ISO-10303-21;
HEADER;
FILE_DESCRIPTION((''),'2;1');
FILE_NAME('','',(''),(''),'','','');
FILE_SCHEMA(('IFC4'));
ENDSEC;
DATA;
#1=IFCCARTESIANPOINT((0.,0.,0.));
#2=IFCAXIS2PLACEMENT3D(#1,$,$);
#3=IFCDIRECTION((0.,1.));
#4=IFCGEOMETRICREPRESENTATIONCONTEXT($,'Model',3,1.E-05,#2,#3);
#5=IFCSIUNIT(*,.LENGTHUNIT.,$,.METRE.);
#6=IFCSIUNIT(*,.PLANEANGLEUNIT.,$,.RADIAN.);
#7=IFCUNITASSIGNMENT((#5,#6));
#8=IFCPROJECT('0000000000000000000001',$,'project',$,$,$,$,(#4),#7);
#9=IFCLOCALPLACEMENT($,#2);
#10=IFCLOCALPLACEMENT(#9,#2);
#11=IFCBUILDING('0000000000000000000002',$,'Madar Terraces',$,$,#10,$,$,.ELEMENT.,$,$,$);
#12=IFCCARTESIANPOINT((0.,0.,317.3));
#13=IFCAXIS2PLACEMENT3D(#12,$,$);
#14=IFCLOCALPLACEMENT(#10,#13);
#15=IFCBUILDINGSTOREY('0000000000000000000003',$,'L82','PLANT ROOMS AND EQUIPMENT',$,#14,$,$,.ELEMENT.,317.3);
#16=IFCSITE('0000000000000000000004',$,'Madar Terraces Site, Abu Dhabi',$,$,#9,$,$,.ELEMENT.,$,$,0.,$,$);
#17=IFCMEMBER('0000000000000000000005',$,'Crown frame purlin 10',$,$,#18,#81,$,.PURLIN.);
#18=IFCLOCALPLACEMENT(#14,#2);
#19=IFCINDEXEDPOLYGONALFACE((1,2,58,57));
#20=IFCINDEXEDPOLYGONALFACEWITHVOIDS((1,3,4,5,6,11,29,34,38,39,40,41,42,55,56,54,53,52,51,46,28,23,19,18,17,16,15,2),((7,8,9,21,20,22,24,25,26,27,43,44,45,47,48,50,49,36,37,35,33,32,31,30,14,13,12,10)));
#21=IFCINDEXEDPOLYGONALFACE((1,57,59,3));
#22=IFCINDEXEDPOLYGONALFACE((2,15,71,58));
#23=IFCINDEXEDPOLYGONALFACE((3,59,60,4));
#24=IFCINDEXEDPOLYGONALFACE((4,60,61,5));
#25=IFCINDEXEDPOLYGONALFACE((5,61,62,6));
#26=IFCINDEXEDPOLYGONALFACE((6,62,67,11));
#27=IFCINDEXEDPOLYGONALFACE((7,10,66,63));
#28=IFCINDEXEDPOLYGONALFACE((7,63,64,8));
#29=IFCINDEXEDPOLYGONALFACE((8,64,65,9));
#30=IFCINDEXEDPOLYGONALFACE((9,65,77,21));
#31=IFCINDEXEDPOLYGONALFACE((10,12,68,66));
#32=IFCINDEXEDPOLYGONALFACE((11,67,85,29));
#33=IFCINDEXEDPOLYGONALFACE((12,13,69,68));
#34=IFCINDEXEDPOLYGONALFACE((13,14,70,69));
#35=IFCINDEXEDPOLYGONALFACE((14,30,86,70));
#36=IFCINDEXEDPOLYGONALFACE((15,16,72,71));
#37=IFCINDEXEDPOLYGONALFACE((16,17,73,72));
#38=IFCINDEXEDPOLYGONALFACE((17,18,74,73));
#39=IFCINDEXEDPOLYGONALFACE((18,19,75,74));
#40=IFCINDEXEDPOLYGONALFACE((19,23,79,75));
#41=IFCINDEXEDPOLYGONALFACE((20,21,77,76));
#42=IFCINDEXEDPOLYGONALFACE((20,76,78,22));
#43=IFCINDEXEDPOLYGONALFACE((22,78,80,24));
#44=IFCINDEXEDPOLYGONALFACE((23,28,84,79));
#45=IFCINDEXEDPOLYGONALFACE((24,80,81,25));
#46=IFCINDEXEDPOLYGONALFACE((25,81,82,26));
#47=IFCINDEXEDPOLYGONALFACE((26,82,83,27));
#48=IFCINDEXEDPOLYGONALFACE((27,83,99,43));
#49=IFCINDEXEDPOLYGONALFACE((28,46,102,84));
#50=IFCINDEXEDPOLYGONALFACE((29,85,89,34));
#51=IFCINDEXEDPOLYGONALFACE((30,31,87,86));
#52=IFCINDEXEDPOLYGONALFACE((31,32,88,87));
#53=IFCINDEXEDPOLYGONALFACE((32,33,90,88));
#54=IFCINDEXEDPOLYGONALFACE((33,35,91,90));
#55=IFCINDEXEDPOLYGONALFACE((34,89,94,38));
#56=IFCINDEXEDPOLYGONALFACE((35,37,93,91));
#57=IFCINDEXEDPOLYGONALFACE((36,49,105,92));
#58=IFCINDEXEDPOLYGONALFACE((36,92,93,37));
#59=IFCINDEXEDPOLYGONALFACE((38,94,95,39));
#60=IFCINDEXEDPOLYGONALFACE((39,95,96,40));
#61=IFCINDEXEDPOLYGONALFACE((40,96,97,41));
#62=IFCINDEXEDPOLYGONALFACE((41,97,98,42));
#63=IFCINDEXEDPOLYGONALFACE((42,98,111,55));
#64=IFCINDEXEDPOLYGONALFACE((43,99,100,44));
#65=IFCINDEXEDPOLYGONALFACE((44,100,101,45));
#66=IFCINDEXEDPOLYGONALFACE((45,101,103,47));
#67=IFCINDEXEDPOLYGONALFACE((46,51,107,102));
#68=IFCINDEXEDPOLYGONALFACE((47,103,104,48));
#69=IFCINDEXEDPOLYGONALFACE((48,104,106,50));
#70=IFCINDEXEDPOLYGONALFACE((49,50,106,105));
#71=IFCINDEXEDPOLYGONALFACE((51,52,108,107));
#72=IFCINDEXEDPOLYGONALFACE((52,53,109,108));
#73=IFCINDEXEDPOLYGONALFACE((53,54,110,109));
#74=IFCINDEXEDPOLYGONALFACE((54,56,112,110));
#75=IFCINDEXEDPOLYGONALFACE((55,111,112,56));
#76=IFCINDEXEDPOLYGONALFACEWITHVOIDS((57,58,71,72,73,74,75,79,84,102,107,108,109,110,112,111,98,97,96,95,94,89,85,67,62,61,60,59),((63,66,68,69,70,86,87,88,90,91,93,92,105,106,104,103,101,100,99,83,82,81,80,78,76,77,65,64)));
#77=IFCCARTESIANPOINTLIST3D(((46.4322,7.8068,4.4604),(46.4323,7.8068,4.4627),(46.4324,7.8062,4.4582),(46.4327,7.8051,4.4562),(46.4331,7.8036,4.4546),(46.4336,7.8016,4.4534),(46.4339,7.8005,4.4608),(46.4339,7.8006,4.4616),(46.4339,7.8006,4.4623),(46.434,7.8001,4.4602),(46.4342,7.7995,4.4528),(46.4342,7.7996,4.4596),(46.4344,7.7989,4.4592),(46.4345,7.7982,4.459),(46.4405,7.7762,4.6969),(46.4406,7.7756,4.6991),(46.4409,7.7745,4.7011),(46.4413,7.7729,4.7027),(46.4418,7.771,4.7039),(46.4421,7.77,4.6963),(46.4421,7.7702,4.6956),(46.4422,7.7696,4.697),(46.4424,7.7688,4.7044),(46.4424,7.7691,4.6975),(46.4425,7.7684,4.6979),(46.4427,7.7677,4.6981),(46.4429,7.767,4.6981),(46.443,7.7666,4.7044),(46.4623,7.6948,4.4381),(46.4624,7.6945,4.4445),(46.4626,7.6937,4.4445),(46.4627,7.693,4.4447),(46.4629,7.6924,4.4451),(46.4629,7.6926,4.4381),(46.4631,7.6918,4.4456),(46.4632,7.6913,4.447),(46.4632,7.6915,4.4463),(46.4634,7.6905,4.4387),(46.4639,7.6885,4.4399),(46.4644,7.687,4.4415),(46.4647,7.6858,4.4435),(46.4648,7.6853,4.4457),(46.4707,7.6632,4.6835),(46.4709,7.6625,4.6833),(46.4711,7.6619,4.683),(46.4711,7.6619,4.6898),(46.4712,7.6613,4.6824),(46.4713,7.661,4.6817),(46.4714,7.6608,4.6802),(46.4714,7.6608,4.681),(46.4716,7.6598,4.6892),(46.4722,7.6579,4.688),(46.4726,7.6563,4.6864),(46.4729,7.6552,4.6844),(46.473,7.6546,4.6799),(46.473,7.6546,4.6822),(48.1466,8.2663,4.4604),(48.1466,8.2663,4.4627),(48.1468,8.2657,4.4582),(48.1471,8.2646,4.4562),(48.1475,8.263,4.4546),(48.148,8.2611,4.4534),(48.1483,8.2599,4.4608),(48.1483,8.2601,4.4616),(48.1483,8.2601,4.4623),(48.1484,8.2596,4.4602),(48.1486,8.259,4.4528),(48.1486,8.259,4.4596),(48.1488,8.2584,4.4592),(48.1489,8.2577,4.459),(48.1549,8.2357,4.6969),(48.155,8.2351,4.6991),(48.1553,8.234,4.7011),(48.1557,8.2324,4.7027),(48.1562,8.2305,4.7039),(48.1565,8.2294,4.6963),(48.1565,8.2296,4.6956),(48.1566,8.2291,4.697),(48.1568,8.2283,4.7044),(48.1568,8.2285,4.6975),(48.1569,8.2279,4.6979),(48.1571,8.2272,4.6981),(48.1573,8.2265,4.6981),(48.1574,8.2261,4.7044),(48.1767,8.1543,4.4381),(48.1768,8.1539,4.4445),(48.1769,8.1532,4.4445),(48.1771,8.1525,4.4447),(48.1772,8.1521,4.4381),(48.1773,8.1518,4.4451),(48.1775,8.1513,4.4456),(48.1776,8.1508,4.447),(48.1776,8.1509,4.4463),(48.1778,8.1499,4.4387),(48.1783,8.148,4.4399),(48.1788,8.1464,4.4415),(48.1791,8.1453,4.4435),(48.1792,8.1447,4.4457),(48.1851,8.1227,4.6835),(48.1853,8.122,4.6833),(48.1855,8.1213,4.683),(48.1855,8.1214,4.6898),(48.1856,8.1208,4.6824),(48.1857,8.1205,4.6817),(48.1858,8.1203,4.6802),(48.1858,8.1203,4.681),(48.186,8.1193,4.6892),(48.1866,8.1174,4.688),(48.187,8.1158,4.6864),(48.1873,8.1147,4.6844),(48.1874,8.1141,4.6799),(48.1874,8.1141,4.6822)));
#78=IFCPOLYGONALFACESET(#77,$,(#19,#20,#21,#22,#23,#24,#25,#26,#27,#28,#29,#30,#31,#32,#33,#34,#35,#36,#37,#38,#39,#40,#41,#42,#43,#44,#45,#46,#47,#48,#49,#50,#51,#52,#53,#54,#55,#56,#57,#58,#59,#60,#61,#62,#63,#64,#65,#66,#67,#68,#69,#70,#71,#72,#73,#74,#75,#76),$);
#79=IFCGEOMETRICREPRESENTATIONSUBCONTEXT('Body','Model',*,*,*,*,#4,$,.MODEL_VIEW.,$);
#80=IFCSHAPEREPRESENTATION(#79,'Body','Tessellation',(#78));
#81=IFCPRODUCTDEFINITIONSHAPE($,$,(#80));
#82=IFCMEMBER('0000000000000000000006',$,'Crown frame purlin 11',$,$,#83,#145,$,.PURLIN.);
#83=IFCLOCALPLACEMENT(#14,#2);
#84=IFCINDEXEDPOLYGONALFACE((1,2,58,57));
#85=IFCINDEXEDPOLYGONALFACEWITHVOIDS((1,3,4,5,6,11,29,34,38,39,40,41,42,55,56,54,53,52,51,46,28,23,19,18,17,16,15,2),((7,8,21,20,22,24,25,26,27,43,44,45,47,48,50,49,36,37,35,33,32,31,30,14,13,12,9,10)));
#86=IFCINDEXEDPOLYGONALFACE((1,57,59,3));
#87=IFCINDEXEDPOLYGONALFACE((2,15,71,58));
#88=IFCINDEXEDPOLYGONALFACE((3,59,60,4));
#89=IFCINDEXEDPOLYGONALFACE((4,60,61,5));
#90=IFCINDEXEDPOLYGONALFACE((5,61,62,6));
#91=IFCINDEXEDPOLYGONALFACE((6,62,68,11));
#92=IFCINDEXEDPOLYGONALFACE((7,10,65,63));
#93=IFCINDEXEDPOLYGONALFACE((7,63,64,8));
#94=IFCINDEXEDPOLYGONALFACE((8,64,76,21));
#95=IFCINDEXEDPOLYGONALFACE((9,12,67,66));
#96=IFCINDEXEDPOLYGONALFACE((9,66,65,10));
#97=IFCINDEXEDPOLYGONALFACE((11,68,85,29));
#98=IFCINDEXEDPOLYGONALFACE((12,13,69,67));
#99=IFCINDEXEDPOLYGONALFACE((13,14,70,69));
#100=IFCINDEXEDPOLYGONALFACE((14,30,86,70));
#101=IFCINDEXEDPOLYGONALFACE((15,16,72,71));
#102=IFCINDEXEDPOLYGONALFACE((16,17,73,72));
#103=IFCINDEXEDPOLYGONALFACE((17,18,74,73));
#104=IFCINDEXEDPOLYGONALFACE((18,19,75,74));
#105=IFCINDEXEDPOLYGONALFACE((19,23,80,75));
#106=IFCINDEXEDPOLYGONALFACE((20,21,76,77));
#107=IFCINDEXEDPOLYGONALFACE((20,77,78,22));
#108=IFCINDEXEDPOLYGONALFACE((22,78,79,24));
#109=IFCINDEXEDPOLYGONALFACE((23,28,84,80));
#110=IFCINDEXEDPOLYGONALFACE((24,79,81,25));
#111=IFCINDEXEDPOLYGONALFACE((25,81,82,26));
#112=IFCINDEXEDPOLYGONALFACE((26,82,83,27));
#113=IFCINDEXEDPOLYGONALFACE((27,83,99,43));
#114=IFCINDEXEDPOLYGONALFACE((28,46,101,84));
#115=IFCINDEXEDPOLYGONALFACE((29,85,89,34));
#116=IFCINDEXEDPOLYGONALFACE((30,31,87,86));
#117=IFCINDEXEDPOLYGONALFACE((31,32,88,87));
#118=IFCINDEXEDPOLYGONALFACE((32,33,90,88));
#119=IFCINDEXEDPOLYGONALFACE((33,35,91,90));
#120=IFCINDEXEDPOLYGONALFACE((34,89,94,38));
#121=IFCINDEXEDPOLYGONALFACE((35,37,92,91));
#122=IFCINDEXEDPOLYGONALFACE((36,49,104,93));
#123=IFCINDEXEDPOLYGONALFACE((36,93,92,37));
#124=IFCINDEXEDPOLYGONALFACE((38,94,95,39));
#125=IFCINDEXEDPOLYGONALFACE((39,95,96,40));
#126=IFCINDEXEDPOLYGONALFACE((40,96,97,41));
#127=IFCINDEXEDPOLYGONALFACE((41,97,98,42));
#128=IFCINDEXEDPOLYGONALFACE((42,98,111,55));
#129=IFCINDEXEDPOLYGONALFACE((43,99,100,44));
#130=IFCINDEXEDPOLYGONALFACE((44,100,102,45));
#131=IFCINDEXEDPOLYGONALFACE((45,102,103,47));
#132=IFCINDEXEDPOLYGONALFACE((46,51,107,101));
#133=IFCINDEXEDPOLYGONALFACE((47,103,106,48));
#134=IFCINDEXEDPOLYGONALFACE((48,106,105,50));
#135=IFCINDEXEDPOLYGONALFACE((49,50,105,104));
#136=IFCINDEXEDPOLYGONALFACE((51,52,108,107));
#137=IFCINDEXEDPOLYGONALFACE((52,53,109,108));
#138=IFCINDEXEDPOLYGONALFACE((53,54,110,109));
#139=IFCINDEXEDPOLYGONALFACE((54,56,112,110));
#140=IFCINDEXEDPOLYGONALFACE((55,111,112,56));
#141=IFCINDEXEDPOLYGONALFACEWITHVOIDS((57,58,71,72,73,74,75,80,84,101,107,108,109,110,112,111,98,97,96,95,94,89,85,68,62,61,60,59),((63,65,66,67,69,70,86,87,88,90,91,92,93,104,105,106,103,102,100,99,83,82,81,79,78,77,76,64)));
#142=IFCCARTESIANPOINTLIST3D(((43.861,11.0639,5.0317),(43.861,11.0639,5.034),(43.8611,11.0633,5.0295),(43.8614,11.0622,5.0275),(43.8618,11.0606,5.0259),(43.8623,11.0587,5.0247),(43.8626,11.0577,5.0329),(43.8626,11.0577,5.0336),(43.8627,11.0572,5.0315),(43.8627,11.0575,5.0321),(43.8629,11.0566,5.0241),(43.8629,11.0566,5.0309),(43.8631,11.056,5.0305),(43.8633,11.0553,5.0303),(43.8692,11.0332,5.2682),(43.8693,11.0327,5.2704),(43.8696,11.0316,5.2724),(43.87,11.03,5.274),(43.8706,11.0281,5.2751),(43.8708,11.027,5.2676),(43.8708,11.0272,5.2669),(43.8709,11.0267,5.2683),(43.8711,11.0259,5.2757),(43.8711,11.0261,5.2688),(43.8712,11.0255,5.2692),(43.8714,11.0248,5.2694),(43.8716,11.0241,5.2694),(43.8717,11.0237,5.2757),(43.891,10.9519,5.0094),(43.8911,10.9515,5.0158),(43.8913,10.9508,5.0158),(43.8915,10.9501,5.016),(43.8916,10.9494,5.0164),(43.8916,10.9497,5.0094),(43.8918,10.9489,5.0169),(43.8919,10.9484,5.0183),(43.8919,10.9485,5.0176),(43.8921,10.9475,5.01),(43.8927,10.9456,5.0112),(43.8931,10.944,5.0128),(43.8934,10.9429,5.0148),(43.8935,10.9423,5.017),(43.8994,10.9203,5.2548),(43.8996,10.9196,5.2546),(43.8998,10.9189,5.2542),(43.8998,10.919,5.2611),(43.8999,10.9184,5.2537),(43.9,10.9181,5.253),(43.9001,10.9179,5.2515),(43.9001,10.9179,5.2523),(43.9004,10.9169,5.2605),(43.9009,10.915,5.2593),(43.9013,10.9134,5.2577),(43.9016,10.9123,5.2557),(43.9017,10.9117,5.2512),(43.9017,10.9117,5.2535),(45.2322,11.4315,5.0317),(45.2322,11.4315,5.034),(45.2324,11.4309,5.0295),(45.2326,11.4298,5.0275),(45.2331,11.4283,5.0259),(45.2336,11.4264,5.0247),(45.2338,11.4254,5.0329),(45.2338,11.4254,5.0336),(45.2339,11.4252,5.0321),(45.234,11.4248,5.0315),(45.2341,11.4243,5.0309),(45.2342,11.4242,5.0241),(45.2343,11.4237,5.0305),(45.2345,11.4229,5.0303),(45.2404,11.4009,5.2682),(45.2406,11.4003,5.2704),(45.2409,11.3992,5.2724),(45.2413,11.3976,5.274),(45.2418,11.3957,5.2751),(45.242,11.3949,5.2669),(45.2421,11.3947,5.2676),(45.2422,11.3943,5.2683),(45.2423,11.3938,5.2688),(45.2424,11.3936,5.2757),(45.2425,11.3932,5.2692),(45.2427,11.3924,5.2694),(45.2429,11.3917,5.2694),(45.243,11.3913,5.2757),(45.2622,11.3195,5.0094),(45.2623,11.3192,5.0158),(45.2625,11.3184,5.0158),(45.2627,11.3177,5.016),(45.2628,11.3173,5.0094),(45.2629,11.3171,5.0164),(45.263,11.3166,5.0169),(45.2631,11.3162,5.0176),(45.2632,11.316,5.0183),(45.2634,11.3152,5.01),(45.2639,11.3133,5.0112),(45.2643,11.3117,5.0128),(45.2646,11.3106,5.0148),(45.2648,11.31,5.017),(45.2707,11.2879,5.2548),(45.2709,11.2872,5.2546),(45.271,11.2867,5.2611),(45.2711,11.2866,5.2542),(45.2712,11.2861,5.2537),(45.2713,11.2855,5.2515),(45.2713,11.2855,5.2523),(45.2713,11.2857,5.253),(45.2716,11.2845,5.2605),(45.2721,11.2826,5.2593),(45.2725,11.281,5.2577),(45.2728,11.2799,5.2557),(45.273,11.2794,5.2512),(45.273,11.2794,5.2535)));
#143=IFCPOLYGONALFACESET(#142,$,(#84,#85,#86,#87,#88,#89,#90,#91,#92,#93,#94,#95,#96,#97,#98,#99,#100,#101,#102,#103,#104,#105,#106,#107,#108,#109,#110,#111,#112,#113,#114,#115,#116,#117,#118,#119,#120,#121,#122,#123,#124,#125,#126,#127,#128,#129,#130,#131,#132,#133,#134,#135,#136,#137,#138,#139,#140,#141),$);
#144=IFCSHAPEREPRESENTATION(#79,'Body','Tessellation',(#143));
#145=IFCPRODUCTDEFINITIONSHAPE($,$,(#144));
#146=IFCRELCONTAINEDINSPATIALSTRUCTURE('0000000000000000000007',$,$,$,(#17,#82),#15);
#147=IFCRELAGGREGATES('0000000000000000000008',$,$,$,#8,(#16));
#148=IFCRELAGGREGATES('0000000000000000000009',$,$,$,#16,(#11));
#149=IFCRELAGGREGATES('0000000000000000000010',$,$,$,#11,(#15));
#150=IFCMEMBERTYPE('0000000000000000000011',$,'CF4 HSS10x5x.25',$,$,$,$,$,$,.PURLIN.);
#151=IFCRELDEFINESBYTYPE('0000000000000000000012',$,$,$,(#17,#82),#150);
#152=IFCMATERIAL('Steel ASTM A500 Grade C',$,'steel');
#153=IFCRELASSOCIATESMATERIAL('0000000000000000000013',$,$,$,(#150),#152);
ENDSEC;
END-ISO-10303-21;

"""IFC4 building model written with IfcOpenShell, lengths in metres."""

from ifc_helpers import new_model, si_unit, direction, frame, origin, origin_2d, place, context, subcontext, project, spatial, hollow_rectangle, extrude, material, material_profile, profile_set, type_object, element, save


model = new_model("IFC4")

# Units and contexts
model_context = context("Model", 3, precision=1e-05, world=origin(), true_north=direction((0.0, 1.0)))
body_context = subcontext(model_context, "Body", "Model", "MODEL_VIEW")
ifc_project = project(units=[si_unit("LENGTHUNIT", "METRE"), si_unit("PLANEANGLEUNIT", "RADIAN")], contexts=[model_context])

# Site, building, storey
site_placement = place(None, origin())
site = spatial("IfcSite", under=ifc_project, at=site_placement, Name="Madar Terraces Site, Abu Dhabi", CompositionType="ELEMENT", RefElevation=0.0)
building_placement = place(site_placement, origin())
building = spatial("IfcBuilding", under=site, at=building_placement, Name="Madar Terraces", CompositionType="ELEMENT")
storey_placement = place(building_placement, frame((0.0, 0.0, 317.3)))
storey = spatial("IfcBuildingStorey", under=building, at=storey_placement, Name="L82", Description="PLANT ROOMS AND EQUIPMENT", CompositionType="ELEMENT", Elevation=317.3)

# Members
ifc_material_1 = material(Name="Steel ASTM A500 Grade C", Category="steel")
ifc_material_profile_1 = material_profile(ifc_material_1, hollow_rectangle(XDim=0.127, YDim=0.2539, WallThickness=0.0063, InnerFilletRadius=0.0029, OuterFilletRadius=0.0088, at=origin_2d()), Name="HSS10x5x.25")
ifc_profile_set_1 = profile_set([ifc_material_profile_1], Name="Steel ASTM A500 Grade C")
member_type_1 = type_object("IfcMemberType", Name="CF4 HSS10x5x.25", PredefinedType="PURLIN", material=ifc_profile_set_1)
member_1_placement = place(storey_placement, frame((46.4526, 7.7307, 4.5713), z_axis=(0.96591, 0.258878, 0.0), x_axis=(-0.25654, 0.957187, 0.134086)))
element("IfcMember", 1, at=member_1_placement, inside=storey, type_object=member_type_1, Name="Crown frame purlin 10", PredefinedType="PURLIN", context=body_context, shape_type="SweptSolid", body=[
    extrude(hollow_rectangle(XDim=0.127, YDim=0.2539, WallThickness=0.0063, InnerFilletRadius=0.0029, OuterFilletRadius=0.0088, at=origin_2d()), origin(), (0.0, 0.0, 1.0), 1.7749),
])
member_2_placement = place(storey_placement, frame((43.8813, 10.9878, 5.1426), z_axis=(0.965886, 0.258968, 0.0), x_axis=(-0.25663, 0.957164, 0.134086)))
element("IfcMember", 2, at=member_2_placement, inside=storey, type_object=member_type_1, Name="Crown frame purlin 11", PredefinedType="PURLIN", context=body_context, shape_type="SweptSolid", body=[
    extrude(hollow_rectangle(XDim=0.127, YDim=0.2539, WallThickness=0.0063, InnerFilletRadius=0.0029, OuterFilletRadius=0.0088, at=origin_2d()), origin(), (0.0, 0.0, 1.0), 1.4197),
])

save(model, "model.ifc")
